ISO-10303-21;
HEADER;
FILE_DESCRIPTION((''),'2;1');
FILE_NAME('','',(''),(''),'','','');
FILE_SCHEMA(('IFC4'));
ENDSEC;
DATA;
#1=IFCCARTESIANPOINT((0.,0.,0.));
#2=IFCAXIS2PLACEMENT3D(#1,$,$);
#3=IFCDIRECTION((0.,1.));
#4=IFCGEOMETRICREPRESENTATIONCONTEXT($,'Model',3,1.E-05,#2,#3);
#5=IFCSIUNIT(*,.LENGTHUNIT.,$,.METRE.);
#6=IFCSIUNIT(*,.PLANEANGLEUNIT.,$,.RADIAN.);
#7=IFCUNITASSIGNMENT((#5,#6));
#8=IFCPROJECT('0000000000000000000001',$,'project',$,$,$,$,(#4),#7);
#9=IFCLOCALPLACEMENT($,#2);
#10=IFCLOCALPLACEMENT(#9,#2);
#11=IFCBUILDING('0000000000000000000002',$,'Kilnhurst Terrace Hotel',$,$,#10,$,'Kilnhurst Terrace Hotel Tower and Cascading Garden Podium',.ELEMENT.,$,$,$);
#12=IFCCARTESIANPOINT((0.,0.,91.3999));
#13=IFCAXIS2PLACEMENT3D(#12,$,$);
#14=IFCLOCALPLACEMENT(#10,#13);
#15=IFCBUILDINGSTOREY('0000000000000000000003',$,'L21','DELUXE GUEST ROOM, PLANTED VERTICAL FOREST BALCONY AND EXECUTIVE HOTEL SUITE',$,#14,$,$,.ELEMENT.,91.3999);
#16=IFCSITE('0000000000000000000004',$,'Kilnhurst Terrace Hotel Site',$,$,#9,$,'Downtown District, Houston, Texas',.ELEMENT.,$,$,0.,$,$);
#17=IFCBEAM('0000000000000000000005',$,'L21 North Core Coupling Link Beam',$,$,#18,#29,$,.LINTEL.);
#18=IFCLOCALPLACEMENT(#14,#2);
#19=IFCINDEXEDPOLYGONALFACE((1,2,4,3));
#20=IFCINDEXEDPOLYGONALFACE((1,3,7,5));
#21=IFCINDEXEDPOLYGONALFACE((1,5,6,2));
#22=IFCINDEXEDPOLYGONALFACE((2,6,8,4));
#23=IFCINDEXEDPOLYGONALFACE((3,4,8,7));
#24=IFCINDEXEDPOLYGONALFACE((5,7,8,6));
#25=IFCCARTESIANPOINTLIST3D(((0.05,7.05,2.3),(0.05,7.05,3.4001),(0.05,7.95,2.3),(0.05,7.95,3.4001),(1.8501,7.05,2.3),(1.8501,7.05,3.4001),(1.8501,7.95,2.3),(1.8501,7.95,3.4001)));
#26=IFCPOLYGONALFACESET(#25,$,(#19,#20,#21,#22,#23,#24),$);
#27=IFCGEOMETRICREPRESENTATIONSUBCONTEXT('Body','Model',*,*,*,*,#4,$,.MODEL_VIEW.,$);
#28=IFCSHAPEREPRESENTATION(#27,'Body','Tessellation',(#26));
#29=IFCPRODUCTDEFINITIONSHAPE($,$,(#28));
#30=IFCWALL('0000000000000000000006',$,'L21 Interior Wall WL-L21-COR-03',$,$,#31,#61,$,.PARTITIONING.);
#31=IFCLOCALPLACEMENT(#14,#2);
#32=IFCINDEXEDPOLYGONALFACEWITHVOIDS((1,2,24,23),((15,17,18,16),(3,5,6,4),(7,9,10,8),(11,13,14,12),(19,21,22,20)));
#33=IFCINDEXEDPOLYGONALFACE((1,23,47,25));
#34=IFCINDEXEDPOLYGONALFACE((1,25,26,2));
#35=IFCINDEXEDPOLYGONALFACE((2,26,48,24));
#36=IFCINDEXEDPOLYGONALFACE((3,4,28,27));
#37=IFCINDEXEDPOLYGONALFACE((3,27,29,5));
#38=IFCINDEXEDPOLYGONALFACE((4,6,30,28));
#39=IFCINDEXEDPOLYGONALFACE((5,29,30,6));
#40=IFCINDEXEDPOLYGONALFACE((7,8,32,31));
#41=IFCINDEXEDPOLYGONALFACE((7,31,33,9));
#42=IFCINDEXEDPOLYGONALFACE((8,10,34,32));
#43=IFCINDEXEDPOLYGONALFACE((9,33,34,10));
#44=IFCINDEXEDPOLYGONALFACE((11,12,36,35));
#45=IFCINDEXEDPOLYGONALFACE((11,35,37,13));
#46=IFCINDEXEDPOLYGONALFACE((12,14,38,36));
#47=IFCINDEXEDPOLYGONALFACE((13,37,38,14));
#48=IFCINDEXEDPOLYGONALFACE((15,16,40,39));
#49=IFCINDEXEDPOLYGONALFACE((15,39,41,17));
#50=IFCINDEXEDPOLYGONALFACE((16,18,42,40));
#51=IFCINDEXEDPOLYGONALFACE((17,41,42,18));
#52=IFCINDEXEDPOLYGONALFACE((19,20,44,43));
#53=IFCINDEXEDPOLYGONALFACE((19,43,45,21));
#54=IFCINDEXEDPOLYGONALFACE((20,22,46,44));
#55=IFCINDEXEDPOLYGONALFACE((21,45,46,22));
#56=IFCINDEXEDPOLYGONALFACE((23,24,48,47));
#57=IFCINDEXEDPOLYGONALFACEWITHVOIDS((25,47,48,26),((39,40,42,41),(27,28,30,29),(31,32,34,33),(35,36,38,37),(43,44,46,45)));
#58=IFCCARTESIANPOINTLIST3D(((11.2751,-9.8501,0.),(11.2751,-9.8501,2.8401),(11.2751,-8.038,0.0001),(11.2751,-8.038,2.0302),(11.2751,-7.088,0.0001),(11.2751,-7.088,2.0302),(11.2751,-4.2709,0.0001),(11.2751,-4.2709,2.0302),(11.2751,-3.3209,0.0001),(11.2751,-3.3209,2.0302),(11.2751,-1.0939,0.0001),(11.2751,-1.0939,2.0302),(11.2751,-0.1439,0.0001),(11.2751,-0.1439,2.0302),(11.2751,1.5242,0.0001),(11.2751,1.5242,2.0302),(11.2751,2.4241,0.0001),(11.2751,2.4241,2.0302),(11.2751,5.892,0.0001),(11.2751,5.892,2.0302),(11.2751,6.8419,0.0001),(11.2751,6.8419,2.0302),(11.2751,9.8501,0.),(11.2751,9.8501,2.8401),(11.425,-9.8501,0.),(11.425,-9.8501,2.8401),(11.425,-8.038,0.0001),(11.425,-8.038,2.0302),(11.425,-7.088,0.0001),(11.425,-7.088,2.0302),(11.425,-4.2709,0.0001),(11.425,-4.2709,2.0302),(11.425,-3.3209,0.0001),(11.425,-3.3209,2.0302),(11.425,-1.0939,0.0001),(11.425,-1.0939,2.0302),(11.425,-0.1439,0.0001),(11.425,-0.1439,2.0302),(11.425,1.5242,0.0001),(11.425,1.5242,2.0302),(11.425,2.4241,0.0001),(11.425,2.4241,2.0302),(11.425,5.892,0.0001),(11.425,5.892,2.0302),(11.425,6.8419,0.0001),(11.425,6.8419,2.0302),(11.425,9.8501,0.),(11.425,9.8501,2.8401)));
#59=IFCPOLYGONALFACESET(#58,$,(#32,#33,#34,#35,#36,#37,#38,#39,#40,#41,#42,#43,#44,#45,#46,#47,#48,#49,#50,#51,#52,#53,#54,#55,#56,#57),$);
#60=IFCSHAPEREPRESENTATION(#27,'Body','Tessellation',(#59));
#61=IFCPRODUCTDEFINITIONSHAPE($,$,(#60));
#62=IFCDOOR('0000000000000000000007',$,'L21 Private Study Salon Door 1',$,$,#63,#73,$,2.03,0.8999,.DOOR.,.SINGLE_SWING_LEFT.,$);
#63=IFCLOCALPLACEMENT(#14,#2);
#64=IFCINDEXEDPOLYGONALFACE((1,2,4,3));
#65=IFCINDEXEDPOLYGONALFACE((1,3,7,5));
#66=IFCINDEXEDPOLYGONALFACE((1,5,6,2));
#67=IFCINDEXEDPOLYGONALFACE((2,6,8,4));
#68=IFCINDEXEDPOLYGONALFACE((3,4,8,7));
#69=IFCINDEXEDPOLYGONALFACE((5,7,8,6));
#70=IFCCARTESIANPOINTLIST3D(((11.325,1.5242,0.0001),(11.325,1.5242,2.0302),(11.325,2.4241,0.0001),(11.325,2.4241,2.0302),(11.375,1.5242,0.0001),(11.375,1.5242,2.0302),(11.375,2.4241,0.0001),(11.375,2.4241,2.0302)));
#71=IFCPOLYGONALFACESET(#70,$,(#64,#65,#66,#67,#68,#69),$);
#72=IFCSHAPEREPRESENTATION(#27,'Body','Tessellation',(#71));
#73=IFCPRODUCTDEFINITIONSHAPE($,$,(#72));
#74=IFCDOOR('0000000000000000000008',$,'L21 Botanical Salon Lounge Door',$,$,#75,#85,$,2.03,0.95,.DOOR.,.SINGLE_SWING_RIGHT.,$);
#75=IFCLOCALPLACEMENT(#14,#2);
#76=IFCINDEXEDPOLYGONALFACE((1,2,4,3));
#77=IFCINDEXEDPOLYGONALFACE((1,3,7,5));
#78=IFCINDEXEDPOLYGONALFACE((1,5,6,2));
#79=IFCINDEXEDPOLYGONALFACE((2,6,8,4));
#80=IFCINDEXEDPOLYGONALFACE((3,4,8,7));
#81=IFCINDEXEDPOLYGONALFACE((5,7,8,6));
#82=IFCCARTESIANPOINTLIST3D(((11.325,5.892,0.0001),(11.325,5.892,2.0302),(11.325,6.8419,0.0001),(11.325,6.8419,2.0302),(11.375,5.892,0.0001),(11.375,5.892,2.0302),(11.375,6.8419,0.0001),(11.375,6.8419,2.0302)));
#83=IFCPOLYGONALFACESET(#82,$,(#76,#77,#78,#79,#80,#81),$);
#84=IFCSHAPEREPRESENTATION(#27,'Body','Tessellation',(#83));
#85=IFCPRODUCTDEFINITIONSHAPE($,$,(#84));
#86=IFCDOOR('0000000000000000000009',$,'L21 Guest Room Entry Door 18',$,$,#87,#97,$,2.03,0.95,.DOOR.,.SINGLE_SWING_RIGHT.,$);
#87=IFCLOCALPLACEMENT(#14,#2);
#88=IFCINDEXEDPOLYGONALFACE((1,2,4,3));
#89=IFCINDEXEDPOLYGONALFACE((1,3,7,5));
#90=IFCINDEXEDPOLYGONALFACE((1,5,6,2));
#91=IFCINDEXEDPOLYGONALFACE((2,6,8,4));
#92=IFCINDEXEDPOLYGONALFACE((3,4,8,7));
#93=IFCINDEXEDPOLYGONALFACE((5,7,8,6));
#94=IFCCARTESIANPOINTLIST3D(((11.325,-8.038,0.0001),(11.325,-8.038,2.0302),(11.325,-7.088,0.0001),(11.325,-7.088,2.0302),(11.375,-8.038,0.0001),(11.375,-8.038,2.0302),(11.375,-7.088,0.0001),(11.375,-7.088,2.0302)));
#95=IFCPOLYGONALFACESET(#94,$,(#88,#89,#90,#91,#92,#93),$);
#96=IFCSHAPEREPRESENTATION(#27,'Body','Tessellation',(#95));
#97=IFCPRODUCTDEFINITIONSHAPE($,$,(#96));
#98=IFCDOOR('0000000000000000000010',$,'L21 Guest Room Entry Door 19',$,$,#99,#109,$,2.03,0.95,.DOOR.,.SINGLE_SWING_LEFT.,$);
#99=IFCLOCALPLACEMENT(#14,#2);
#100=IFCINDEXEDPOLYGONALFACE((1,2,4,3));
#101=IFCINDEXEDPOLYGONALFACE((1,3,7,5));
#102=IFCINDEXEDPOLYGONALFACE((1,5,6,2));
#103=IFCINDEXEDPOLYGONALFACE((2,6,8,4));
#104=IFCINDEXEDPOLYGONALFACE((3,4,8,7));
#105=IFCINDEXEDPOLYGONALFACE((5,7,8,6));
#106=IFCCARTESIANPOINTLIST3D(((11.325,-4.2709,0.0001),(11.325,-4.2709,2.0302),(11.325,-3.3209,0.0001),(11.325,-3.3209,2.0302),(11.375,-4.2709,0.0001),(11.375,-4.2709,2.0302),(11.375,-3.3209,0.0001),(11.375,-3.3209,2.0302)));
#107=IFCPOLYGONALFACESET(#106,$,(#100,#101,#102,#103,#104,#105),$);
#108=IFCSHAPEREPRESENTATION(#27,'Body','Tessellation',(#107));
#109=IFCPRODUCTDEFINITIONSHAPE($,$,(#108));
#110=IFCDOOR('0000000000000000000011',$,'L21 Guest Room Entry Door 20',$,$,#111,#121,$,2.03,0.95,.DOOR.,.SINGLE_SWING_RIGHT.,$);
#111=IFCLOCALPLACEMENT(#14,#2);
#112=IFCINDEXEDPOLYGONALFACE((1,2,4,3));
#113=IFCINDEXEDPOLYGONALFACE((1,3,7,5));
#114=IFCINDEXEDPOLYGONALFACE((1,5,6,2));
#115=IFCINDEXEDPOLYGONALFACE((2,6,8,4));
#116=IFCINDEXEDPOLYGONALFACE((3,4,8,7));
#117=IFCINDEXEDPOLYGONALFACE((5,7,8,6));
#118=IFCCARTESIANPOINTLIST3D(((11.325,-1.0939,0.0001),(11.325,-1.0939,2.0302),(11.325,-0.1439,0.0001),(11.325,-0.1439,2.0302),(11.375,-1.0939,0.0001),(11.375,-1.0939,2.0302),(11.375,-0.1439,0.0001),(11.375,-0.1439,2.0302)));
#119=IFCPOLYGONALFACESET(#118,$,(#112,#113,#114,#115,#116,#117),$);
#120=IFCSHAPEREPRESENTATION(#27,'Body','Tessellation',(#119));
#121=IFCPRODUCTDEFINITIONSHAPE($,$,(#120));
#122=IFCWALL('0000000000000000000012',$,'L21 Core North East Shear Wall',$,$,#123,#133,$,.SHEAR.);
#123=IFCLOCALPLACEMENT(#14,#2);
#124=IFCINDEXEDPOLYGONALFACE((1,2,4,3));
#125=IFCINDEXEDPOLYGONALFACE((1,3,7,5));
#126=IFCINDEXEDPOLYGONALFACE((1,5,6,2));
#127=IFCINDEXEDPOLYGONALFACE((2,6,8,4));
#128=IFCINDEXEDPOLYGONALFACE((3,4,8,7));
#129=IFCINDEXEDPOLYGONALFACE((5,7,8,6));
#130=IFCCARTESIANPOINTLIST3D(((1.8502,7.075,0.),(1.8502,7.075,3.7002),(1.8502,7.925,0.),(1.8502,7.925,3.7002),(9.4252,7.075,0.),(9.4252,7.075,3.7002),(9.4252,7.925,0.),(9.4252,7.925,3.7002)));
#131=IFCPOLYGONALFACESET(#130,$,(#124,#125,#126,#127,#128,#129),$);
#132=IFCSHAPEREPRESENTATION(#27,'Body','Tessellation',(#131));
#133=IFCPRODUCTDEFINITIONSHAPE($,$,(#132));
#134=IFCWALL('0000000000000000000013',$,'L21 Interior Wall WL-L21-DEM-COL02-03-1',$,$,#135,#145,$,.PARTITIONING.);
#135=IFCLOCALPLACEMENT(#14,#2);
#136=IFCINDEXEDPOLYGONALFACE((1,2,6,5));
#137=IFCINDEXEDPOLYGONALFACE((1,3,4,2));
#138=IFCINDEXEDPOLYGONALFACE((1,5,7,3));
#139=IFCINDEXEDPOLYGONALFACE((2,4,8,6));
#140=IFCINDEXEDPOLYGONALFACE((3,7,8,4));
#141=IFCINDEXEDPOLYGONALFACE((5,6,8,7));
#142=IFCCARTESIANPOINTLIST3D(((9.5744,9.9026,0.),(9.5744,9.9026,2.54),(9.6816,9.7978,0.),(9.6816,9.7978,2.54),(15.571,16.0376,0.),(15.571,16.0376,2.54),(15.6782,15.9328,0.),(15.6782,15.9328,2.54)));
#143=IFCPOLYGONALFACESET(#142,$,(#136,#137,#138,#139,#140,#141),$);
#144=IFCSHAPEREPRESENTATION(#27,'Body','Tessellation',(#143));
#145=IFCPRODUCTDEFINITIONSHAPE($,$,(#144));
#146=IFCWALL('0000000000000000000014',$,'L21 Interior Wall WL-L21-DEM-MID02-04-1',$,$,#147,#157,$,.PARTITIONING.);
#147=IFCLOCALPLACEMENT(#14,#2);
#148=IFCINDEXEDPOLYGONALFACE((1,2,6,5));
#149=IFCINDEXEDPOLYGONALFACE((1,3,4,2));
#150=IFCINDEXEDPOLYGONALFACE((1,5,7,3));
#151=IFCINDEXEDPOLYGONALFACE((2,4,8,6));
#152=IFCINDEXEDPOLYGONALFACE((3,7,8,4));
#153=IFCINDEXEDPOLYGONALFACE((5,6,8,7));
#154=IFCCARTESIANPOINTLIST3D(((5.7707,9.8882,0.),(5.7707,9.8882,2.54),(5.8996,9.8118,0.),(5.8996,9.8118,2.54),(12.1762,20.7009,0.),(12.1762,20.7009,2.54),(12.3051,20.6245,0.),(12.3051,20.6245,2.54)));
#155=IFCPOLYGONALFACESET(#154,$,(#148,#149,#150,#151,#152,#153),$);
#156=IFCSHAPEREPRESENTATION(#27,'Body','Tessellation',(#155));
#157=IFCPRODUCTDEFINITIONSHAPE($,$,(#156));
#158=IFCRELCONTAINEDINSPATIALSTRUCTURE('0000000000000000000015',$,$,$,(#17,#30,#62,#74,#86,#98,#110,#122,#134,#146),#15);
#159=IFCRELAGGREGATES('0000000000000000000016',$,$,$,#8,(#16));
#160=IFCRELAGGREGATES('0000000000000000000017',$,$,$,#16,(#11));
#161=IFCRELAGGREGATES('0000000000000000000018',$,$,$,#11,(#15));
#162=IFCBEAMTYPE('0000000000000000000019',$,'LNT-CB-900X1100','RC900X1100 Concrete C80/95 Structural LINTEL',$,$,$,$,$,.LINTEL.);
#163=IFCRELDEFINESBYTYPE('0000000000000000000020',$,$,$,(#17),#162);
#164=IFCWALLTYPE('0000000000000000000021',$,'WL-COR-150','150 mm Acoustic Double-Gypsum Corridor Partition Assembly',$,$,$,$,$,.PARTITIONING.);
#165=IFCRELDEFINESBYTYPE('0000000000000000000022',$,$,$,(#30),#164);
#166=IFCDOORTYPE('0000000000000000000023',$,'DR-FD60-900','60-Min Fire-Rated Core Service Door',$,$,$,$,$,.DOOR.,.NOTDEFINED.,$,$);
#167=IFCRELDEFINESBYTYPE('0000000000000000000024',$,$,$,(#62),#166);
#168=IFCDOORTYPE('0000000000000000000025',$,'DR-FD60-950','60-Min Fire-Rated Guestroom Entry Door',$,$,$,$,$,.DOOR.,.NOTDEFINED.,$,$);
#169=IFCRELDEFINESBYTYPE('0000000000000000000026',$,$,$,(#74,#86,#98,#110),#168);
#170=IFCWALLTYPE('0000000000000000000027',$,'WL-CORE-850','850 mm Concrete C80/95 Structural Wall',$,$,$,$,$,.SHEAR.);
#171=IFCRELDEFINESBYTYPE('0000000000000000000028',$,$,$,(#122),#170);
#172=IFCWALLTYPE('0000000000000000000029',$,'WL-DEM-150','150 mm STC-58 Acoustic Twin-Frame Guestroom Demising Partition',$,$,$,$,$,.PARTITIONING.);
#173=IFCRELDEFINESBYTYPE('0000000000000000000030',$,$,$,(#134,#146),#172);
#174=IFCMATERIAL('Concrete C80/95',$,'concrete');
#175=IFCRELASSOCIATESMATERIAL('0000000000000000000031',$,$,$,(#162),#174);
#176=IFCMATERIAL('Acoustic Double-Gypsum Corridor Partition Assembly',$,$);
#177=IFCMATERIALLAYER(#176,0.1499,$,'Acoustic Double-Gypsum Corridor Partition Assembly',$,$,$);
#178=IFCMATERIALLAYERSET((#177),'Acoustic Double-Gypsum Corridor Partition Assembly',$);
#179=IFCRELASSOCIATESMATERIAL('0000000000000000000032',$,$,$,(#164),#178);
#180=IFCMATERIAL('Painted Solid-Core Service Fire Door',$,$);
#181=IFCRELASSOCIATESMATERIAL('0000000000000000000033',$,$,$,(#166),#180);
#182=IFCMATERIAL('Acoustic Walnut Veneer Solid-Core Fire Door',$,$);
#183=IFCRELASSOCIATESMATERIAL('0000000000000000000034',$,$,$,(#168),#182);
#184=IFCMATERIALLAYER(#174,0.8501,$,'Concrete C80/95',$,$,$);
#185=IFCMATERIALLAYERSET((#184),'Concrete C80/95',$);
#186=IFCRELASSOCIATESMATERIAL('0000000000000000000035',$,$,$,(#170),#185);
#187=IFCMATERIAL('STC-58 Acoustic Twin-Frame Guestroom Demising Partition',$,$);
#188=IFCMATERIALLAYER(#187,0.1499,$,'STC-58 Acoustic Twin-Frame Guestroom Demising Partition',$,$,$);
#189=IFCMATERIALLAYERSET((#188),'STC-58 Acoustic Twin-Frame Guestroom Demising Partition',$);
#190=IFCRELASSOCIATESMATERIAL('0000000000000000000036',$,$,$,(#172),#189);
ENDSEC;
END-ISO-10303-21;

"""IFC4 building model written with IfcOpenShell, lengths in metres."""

from ifc_helpers import new_model, si_unit, direction, frame, frame_2d, origin, origin_2d, place, context, subcontext, project, spatial, rectangle, extrude, material, layer, layer_set, material_profile, profile_set, type_object, element, fill, save


model = new_model("IFC4")

# Units and contexts
model_context = context("Model", 3, precision=1e-05, world=origin(), true_north=direction((0.0, 1.0)))
body_context = subcontext(model_context, "Body", "Model", "MODEL_VIEW")
ifc_project = project(units=[si_unit("LENGTHUNIT", "METRE"), si_unit("PLANEANGLEUNIT", "RADIAN")], contexts=[model_context])

# Site, building, storey
site_placement = place(None, origin())
site = spatial("IfcSite", under=ifc_project, at=site_placement, Name="Kilnhurst Terrace Hotel Site", LongName="Downtown District, Houston, Texas", CompositionType="ELEMENT", RefElevation=0.0)
building_placement = place(site_placement, origin())
building = spatial("IfcBuilding", under=site, at=building_placement, Name="Kilnhurst Terrace Hotel", LongName="Kilnhurst Terrace Hotel Tower and Cascading Garden Podium", CompositionType="ELEMENT")
storey_placement = place(building_placement, frame((0.0, 0.0, 91.3999)))
storey = spatial("IfcBuildingStorey", under=building, at=storey_placement, Name="L21", Description="DELUXE GUEST ROOM, PLANTED VERTICAL FOREST BALCONY AND EXECUTIVE HOTEL SUITE", CompositionType="ELEMENT", Elevation=91.3999)

# Beam
ifc_material_1 = material(Name="Concrete C80/95", Category="concrete")
ifc_material_profile_1 = material_profile(ifc_material_1, rectangle(XDim=0.8999, YDim=1.1001, at=origin_2d()), Name="RC900X1100")
ifc_profile_set_1 = profile_set([ifc_material_profile_1], Name="Concrete C80/95")
beam_type_1 = type_object("IfcBeamType", Name="LNT-CB-900X1100", Description="RC900X1100 Concrete C80/95 Structural LINTEL", PredefinedType="LINTEL", material=ifc_profile_set_1)
beam_1_placement = place(storey_placement, frame((0.05, 7.5, 2.8501), z_axis=(1.0, 0.0, 0.0), x_axis=(0.0, 1.0, 0.0)))
element("IfcBeam", 1, at=beam_1_placement, inside=storey, type_object=beam_type_1, Name="L21 North Core Coupling Link Beam", PredefinedType="LINTEL", context=body_context, shape_type="SweptSolid", body=[
    extrude(rectangle(XDim=0.8999, YDim=1.1001, at=origin_2d()), origin(), (0.0, 0.0, 1.0), 1.8),
])

# Wall, openings, doors
ifc_material_2 = material(Name="Acoustic Double-Gypsum Corridor Partition Assembly")
ifc_layer_1 = layer(ifc_material_2, 0.1499, Name="Acoustic Double-Gypsum Corridor Partition Assembly")
ifc_layer_set_1 = layer_set([ifc_layer_1], Name="Acoustic Double-Gypsum Corridor Partition Assembly")
wall_type_1 = type_object("IfcWallType", Name="WL-COR-150", Description="150 mm Acoustic Double-Gypsum Corridor Partition Assembly", PredefinedType="PARTITIONING", material=ifc_layer_set_1)
wall_1_placement = place(storey_placement, frame((11.3501, 9.8501, 0.0), z_axis=(0.0, 0.0, 1.0), x_axis=(0.0, -1.0, 0.0)))
wall_1 = element("IfcWall", 2, at=wall_1_placement, inside=storey, type_object=wall_type_1, Name="L21 Interior Wall WL-L21-COR-03", PredefinedType="PARTITIONING", context=body_context, shape_type="SweptSolid", body=[
    extrude(rectangle(XDim=19.7002, YDim=0.1499, at=frame_2d((9.8501, 0.0))), origin(), (0.0, 0.0, 1.0), 2.8401),
])
opening_1_placement = place(wall_1_placement, frame((7.426, 0.0, 0.0)))
opening_1 = element("IfcOpeningElement", 3, at=opening_1_placement, cuts=wall_1, PredefinedType="OPENING", context=body_context, shape_type="SweptSolid", body=[
    extrude(rectangle(XDim=0.8999, YDim=2.03, at=frame_2d((0.45, 1.0151))), frame((0.0, 0.085, 0.0), z_axis=(0.0, -1.0, 0.0), x_axis=(1.0, 0.0, 0.0)), (0.0, 0.0, 1.0), 0.1699),
])
opening_2_placement = place(wall_1_placement, frame((3.0081, 0.0, 0.0)))
opening_2 = element("IfcOpeningElement", 4, at=opening_2_placement, cuts=wall_1, PredefinedType="OPENING", context=body_context, shape_type="SweptSolid", body=[
    extrude(rectangle(XDim=0.95, YDim=2.03, at=frame_2d((0.4751, 1.0151))), frame((0.0, 0.085, 0.0), z_axis=(0.0, -1.0, 0.0), x_axis=(1.0, 0.0, 0.0)), (0.0, 0.0, 1.0), 0.1699),
])
opening_3_placement = place(wall_1_placement, frame((16.938, 0.0, 0.0)))
opening_3 = element("IfcOpeningElement", 5, at=opening_3_placement, cuts=wall_1, PredefinedType="OPENING", context=body_context, shape_type="SweptSolid", body=[
    extrude(rectangle(XDim=0.95, YDim=2.03, at=frame_2d((0.4751, 1.0151))), frame((0.0, 0.085, 0.0), z_axis=(0.0, -1.0, 0.0), x_axis=(1.0, 0.0, 0.0)), (0.0, 0.0, 1.0), 0.1699),
])
opening_4_placement = place(wall_1_placement, frame((13.1709, 0.0, 0.0)))
opening_4 = element("IfcOpeningElement", 6, at=opening_4_placement, cuts=wall_1, PredefinedType="OPENING", context=body_context, shape_type="SweptSolid", body=[
    extrude(rectangle(XDim=0.95, YDim=2.03, at=frame_2d((0.4751, 1.0151))), frame((0.0, 0.085, 0.0), z_axis=(0.0, -1.0, 0.0), x_axis=(1.0, 0.0, 0.0)), (0.0, 0.0, 1.0), 0.1699),
])
opening_5_placement = place(wall_1_placement, frame((9.9939, 0.0, 0.0)))
opening_5 = element("IfcOpeningElement", 7, at=opening_5_placement, cuts=wall_1, PredefinedType="OPENING", context=body_context, shape_type="SweptSolid", body=[
    extrude(rectangle(XDim=0.95, YDim=2.03, at=frame_2d((0.4751, 1.0151))), frame((0.0, 0.085, 0.0), z_axis=(0.0, -1.0, 0.0), x_axis=(1.0, 0.0, 0.0)), (0.0, 0.0, 1.0), 0.1699),
])
ifc_material_3 = material(Name="Painted Solid-Core Service Fire Door")
door_type_1 = type_object("IfcDoorType", Name="DR-FD60-900", Description="60-Min Fire-Rated Core Service Door", OperationType="NOTDEFINED", PredefinedType="DOOR", material=ifc_material_3)
door_1_placement = place(opening_1_placement, origin())
door_1 = element("IfcDoor", 8, at=door_1_placement, inside=storey, type_object=door_type_1, Name="L21 Private Study Salon Door 1", OperationType="SINGLE_SWING_LEFT", OverallHeight=2.03, OverallWidth=0.8999, PredefinedType="DOOR", context=body_context, shape_type="SweptSolid", body=[
    extrude(rectangle(XDim=0.8999, YDim=2.03, at=frame_2d((0.45, 1.0151))), frame((0.0, 0.0249, 0.0), z_axis=(0.0, -1.0, 0.0), x_axis=(1.0, 0.0, 0.0)), (0.0, 0.0, 1.0), 0.05),
])
fill(opening_1, door_1)
ifc_material_4 = material(Name="Acoustic Walnut Veneer Solid-Core Fire Door")
door_type_2 = type_object("IfcDoorType", Name="DR-FD60-950", Description="60-Min Fire-Rated Guestroom Entry Door", OperationType="NOTDEFINED", PredefinedType="DOOR", material=ifc_material_4)
door_2_placement = place(opening_2_placement, origin())
door_2 = element("IfcDoor", 9, at=door_2_placement, inside=storey, type_object=door_type_2, Name="L21 Botanical Salon Lounge Door", OperationType="SINGLE_SWING_RIGHT", OverallHeight=2.03, OverallWidth=0.95, PredefinedType="DOOR", context=body_context, shape_type="SweptSolid", body=[
    extrude(rectangle(XDim=0.95, YDim=2.03, at=frame_2d((0.4751, 1.0151))), frame((0.0, 0.0249, 0.0), z_axis=(0.0, -1.0, 0.0), x_axis=(1.0, 0.0, 0.0)), (0.0, 0.0, 1.0), 0.05),
])
fill(opening_2, door_2)
door_3_placement = place(opening_3_placement, origin())
door_3 = element("IfcDoor", 10, at=door_3_placement, inside=storey, type_object=door_type_2, Name="L21 Guest Room Entry Door 18", OperationType="SINGLE_SWING_RIGHT", OverallHeight=2.03, OverallWidth=0.95, PredefinedType="DOOR", context=body_context, shape_type="SweptSolid", body=[
    extrude(rectangle(XDim=0.95, YDim=2.03, at=frame_2d((0.4751, 1.0151))), frame((0.0, 0.0249, 0.0), z_axis=(0.0, -1.0, 0.0), x_axis=(1.0, 0.0, 0.0)), (0.0, 0.0, 1.0), 0.05),
])
fill(opening_3, door_3)
door_4_placement = place(opening_4_placement, origin())
door_4 = element("IfcDoor", 11, at=door_4_placement, inside=storey, type_object=door_type_2, Name="L21 Guest Room Entry Door 19", OperationType="SINGLE_SWING_LEFT", OverallHeight=2.03, OverallWidth=0.95, PredefinedType="DOOR", context=body_context, shape_type="SweptSolid", body=[
    extrude(rectangle(XDim=0.95, YDim=2.03, at=frame_2d((0.4751, 1.0151))), frame((0.0, 0.0249, 0.0), z_axis=(0.0, -1.0, 0.0), x_axis=(1.0, 0.0, 0.0)), (0.0, 0.0, 1.0), 0.05),
])
fill(opening_4, door_4)
door_5_placement = place(opening_5_placement, origin())
door_5 = element("IfcDoor", 12, at=door_5_placement, inside=storey, type_object=door_type_2, Name="L21 Guest Room Entry Door 20", OperationType="SINGLE_SWING_RIGHT", OverallHeight=2.03, OverallWidth=0.95, PredefinedType="DOOR", context=body_context, shape_type="SweptSolid", body=[
    extrude(rectangle(XDim=0.95, YDim=2.03, at=frame_2d((0.4751, 1.0151))), frame((0.0, 0.0249, 0.0), z_axis=(0.0, -1.0, 0.0), x_axis=(1.0, 0.0, 0.0)), (0.0, 0.0, 1.0), 0.05),
])
fill(opening_5, door_5)

# Walls
ifc_layer_2 = layer(ifc_material_1, 0.8501, Name="Concrete C80/95")
ifc_layer_set_2 = layer_set([ifc_layer_2], Name="Concrete C80/95")
wall_type_2 = type_object("IfcWallType", Name="WL-CORE-850", Description="850 mm Concrete C80/95 Structural Wall", PredefinedType="SHEAR", material=ifc_layer_set_2)
wall_2_placement = place(storey_placement, frame((1.8501, 7.5, 0.0), z_axis=(0.0, 0.0, 1.0), x_axis=(1.0, 0.0, 0.0)))
element("IfcWall", 13, at=wall_2_placement, inside=storey, type_object=wall_type_2, Name="L21 Core North East Shear Wall", PredefinedType="SHEAR", context=body_context, shape_type="SweptSolid", body=[
    extrude(rectangle(XDim=7.575, YDim=0.8501, at=frame_2d((3.7876, 0.0))), origin(), (0.0, 0.0, 1.0), 3.7002),
])
ifc_material_5 = material(Name="STC-58 Acoustic Twin-Frame Guestroom Demising Partition")
ifc_layer_3 = layer(ifc_material_5, 0.1499, Name="STC-58 Acoustic Twin-Frame Guestroom Demising Partition")
ifc_layer_set_3 = layer_set([ifc_layer_3], Name="STC-58 Acoustic Twin-Frame Guestroom Demising Partition")
wall_type_3 = type_object("IfcWallType", Name="WL-DEM-150", Description="150 mm STC-58 Acoustic Twin-Frame Guestroom Demising Partition", PredefinedType="PARTITIONING", material=ifc_layer_set_3)
wall_3_placement = place(storey_placement, frame((9.6279, 9.8501, 0.0), z_axis=(0.0, 0.0, 1.0), x_axis=(0.698993, 0.715129, 0.0)))
element("IfcWall", 14, at=wall_3_placement, inside=storey, type_object=wall_type_3, Name="L21 Interior Wall WL-L21-DEM-COL02-03-1", PredefinedType="PARTITIONING", context=body_context, shape_type="SweptSolid", body=[
    extrude(rectangle(XDim=8.5789, YDim=0.1499, at=frame_2d((4.2896, 0.0))), origin(), (0.0, 0.0, 1.0), 2.54),
])
wall_4_placement = place(storey_placement, frame((5.8352, 9.8501, 0.0), z_axis=(0.0, 0.0, 1.0), x_axis=(0.509683, 0.860363, 0.0)))
element("IfcWall", 15, at=wall_4_placement, inside=storey, type_object=wall_type_3, Name="L21 Interior Wall WL-L21-DEM-MID02-04-1", PredefinedType="PARTITIONING", context=body_context, shape_type="SweptSolid", body=[
    extrude(rectangle(XDim=12.5676, YDim=0.1499, at=frame_2d((6.2837, 0.0))), origin(), (0.0, 0.0, 1.0), 2.54),
])

save(model, "model.ifc")
